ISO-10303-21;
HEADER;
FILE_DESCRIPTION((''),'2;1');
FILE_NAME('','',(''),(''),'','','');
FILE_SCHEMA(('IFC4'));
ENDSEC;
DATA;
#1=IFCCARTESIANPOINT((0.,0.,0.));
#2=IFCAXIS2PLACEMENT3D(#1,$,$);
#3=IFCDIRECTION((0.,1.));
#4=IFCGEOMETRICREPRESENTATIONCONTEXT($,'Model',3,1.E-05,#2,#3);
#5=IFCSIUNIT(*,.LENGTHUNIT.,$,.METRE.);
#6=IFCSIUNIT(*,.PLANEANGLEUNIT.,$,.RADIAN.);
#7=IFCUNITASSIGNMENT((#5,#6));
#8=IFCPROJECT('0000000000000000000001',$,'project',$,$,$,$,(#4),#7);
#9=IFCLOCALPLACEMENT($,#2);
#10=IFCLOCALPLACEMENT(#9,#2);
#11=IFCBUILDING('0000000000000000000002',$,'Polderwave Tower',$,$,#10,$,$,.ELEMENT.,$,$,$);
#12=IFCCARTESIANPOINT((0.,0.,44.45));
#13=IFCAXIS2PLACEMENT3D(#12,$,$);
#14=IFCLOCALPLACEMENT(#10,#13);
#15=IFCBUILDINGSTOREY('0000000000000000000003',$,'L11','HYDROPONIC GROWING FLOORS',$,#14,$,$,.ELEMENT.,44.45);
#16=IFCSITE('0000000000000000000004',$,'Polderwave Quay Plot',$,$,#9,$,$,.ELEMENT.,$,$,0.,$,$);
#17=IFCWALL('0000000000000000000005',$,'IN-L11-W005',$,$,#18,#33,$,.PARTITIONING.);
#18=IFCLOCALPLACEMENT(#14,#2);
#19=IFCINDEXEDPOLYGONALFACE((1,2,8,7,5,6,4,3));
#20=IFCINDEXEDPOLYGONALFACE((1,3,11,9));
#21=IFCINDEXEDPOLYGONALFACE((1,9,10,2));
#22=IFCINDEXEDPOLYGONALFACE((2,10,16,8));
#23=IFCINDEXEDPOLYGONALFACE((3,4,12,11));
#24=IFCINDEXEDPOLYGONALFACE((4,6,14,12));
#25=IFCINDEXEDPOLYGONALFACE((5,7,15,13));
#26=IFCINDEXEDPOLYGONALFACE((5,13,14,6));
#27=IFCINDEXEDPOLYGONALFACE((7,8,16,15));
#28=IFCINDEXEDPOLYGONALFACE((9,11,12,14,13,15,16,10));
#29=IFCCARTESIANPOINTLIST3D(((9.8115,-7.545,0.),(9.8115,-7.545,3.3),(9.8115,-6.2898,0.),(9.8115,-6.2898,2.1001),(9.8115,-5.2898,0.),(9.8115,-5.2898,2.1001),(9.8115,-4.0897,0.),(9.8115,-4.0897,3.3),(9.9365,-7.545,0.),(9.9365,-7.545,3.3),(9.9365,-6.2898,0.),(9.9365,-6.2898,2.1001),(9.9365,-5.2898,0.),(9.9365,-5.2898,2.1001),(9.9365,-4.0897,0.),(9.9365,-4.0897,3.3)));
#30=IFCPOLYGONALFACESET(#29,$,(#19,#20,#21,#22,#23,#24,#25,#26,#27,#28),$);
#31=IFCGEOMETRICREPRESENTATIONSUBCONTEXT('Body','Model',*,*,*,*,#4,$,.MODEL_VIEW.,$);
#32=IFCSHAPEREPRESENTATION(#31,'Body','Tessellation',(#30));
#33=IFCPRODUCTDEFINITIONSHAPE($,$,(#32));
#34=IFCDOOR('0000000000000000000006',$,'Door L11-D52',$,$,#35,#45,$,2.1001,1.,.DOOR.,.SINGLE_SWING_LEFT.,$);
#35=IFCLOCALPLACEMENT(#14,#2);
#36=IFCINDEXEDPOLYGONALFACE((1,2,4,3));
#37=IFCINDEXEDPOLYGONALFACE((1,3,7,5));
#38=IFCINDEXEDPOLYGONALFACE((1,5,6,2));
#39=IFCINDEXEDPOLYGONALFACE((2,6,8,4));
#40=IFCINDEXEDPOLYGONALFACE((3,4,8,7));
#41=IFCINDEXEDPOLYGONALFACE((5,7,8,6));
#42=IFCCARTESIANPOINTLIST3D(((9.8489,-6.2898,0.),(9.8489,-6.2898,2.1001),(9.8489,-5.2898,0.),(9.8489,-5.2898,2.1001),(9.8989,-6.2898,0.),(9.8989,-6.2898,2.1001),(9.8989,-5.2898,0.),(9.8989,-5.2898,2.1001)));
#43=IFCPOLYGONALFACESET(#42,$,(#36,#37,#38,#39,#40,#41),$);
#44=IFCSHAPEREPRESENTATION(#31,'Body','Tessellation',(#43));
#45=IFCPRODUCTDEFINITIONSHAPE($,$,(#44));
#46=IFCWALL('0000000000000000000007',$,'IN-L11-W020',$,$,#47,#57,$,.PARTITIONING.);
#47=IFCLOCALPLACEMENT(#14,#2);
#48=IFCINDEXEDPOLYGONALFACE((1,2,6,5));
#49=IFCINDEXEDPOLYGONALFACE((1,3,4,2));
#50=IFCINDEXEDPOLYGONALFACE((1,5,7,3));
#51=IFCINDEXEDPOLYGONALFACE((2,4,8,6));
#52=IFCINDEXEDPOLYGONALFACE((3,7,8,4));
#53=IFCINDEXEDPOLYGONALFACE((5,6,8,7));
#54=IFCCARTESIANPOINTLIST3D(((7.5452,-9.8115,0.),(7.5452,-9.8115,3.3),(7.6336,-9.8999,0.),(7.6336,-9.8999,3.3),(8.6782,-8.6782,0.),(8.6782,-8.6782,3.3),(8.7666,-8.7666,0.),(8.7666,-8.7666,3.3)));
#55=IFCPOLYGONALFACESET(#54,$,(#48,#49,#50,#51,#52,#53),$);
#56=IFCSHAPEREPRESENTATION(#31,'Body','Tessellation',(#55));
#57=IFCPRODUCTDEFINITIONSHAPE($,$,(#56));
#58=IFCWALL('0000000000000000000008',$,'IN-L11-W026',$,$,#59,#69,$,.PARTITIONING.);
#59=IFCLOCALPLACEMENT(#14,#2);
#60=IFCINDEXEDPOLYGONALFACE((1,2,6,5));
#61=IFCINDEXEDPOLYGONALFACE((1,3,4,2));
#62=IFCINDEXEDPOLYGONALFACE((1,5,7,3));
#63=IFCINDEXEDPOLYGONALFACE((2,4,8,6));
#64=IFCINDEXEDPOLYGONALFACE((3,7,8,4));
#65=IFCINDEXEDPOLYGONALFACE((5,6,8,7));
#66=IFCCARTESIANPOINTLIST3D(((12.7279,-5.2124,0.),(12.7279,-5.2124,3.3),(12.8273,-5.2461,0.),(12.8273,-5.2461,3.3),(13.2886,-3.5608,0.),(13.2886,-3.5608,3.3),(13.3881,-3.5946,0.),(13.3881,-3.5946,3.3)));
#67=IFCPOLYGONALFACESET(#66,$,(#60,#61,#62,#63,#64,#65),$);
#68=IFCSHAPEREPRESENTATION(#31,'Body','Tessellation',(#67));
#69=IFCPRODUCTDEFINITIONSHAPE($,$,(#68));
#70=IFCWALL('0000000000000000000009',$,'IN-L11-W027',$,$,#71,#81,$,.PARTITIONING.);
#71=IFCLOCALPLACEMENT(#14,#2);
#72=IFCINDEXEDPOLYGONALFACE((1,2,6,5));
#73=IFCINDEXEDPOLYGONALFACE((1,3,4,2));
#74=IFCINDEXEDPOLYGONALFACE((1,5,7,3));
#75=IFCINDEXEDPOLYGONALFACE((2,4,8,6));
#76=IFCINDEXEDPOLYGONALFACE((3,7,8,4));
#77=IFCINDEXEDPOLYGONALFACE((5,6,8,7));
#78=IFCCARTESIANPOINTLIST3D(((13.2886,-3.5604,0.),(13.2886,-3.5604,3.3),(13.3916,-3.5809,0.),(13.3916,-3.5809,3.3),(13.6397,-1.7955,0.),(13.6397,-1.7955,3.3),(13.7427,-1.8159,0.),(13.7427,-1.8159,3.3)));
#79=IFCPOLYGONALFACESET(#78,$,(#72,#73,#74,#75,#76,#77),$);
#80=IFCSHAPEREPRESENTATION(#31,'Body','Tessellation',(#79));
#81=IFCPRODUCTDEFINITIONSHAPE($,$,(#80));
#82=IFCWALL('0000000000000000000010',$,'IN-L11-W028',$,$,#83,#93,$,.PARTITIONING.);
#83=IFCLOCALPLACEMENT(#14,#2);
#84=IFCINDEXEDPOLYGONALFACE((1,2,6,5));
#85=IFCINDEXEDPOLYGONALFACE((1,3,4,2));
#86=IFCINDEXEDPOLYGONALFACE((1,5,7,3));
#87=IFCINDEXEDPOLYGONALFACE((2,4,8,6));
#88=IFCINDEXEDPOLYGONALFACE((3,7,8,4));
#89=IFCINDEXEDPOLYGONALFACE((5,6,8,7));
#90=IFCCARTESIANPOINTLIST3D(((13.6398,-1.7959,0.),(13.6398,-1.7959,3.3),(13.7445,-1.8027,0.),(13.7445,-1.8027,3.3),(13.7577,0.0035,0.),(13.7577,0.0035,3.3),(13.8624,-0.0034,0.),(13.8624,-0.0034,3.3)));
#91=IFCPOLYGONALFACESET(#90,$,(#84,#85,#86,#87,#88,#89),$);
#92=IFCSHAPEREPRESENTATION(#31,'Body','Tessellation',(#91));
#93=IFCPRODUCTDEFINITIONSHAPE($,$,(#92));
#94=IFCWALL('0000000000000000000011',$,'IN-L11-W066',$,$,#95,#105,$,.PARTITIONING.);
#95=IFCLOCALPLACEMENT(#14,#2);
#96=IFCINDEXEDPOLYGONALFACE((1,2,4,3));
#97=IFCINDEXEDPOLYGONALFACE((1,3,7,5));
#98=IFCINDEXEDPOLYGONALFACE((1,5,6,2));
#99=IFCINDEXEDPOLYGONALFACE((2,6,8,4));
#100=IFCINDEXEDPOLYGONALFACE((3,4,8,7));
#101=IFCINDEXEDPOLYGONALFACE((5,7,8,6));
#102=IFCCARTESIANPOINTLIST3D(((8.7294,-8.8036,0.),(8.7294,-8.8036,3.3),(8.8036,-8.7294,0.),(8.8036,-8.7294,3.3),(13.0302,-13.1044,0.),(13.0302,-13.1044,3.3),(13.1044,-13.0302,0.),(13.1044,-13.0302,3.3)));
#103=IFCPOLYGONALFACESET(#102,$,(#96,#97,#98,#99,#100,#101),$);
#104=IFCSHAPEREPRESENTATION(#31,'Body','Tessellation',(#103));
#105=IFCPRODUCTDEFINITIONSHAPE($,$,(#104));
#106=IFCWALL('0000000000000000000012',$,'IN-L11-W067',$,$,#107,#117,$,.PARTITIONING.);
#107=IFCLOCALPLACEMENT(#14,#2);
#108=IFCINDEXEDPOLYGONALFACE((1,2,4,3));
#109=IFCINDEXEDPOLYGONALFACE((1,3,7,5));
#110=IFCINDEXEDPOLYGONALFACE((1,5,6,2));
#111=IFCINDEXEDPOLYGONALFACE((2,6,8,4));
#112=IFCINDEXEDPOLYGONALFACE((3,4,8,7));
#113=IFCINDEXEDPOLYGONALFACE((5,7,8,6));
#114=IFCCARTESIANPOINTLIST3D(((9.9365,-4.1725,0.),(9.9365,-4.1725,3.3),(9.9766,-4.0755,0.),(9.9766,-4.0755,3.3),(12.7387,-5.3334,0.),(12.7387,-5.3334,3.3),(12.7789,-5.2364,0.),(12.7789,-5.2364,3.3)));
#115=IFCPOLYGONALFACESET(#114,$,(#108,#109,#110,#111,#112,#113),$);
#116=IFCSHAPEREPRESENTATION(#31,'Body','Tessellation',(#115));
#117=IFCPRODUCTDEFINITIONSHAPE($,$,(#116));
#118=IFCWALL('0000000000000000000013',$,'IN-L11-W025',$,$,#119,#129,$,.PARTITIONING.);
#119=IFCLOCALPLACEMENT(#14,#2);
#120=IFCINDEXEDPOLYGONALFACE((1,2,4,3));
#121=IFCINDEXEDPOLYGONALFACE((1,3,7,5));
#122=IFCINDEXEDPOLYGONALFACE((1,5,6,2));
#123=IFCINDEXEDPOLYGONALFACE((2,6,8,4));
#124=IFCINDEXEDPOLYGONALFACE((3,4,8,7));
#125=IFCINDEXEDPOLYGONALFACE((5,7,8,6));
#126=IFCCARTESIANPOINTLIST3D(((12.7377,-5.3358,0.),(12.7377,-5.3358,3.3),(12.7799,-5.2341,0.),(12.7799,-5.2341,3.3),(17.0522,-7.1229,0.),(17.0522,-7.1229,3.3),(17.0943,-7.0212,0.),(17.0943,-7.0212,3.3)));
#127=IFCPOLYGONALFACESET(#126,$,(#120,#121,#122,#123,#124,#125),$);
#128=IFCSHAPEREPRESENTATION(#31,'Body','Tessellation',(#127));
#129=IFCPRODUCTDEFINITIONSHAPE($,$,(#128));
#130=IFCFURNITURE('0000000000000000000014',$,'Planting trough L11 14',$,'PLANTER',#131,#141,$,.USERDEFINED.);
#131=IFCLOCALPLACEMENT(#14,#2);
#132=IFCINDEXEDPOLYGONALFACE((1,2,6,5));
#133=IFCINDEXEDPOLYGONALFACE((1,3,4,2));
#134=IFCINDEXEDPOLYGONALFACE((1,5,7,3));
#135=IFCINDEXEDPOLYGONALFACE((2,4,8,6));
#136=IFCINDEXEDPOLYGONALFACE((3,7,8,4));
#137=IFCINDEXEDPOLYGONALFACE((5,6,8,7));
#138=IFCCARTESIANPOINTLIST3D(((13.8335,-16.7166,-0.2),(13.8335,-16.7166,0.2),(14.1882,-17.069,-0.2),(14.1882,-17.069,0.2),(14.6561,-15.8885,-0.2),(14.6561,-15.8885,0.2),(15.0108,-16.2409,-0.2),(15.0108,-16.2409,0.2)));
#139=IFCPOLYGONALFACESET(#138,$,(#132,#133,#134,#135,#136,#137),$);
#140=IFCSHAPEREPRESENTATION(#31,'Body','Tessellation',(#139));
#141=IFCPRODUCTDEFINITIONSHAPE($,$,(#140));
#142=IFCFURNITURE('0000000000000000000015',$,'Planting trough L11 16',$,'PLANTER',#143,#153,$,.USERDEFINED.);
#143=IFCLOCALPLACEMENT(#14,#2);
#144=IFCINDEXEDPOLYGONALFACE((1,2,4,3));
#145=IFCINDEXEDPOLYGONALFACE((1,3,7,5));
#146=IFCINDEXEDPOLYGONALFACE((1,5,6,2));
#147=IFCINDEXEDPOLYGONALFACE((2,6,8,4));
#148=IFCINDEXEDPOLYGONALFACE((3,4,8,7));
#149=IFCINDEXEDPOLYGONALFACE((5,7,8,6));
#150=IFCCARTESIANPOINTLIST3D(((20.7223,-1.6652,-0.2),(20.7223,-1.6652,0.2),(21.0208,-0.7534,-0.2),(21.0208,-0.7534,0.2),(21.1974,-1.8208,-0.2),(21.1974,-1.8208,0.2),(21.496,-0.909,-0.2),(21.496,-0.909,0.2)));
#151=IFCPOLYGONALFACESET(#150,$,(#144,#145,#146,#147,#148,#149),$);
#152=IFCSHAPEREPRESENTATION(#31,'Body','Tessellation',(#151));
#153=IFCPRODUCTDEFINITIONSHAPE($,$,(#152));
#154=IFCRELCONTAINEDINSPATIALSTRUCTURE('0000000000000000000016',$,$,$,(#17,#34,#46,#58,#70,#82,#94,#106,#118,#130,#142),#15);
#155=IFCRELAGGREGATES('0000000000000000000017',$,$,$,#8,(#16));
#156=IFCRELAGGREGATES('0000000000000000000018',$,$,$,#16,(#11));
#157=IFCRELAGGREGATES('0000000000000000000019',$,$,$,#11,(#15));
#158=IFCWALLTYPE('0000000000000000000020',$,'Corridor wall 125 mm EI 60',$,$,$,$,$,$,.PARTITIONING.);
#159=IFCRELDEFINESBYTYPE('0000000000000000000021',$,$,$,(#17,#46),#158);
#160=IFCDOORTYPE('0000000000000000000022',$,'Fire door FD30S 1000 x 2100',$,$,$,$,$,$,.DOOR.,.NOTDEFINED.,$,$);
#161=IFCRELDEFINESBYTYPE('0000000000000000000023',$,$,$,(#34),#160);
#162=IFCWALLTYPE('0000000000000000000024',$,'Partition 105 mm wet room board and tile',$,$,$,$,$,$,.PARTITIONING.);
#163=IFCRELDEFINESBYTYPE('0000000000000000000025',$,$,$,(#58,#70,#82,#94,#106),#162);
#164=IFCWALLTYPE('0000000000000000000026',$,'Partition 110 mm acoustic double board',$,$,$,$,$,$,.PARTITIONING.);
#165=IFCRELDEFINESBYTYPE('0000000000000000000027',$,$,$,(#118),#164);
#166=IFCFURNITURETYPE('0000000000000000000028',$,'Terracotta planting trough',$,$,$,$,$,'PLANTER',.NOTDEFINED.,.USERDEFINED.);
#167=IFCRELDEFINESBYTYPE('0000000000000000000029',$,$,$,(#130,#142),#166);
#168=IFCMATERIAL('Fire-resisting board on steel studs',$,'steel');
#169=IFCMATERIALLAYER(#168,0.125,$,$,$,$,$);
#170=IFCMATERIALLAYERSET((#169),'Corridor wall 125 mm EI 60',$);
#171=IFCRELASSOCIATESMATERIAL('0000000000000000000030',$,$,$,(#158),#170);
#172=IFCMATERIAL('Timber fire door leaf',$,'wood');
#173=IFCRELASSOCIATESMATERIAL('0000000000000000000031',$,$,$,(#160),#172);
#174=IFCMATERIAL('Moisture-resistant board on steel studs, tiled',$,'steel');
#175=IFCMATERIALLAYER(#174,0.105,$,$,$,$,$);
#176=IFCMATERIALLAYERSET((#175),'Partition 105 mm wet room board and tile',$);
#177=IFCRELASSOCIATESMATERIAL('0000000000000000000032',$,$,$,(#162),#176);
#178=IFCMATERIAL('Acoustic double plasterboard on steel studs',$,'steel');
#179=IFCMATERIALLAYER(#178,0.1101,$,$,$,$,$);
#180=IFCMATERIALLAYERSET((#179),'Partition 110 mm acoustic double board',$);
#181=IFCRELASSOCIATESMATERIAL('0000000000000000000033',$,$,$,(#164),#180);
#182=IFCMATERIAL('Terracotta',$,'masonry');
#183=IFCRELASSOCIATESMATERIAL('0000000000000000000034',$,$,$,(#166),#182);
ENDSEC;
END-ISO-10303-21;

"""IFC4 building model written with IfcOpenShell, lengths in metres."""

from ifc_helpers import new_model, si_unit, direction, frame, frame_2d, origin, origin_2d, place, context, subcontext, project, spatial, rectangle, extrude, material, layer, layer_set, type_object, element, fill, save


model = new_model("IFC4")

# Units and contexts
model_context = context("Model", 3, precision=1e-05, world=origin(), true_north=direction((0.0, 1.0)))
body_context = subcontext(model_context, "Body", "Model", "MODEL_VIEW")
ifc_project = project(units=[si_unit("LENGTHUNIT", "METRE"), si_unit("PLANEANGLEUNIT", "RADIAN")], contexts=[model_context])

# Site, building, storey
site_placement = place(None, origin())
site = spatial("IfcSite", under=ifc_project, at=site_placement, Name="Polderwave Quay Plot", CompositionType="ELEMENT", RefElevation=0.0)
building_placement = place(site_placement, origin())
building = spatial("IfcBuilding", under=site, at=building_placement, Name="Polderwave Tower", CompositionType="ELEMENT")
storey_placement = place(building_placement, frame((0.0, 0.0, 44.45)))
storey = spatial("IfcBuildingStorey", under=building, at=storey_placement, Name="L11", Description="HYDROPONIC GROWING FLOORS", CompositionType="ELEMENT", Elevation=44.45)

# Shared definitions
ifc_material_1 = material(Name="Fire-resisting board on steel studs", Category="steel")
ifc_layer_1 = layer(ifc_material_1, 0.125)
ifc_layer_set_1 = layer_set([ifc_layer_1], Name="Corridor wall 125 mm EI 60")
wall_type_1 = type_object("IfcWallType", Name="Corridor wall 125 mm EI 60", PredefinedType="PARTITIONING", material=ifc_layer_set_1)

# Wall, opening, door
wall_1_placement = place(storey_placement, frame((9.874, -4.0898, 0.0), z_axis=(0.0, 0.0, 1.0), x_axis=(0.0, -1.0, 0.0)))
wall_1 = element("IfcWall", 1, at=wall_1_placement, inside=storey, type_object=wall_type_1, Name="IN-L11-W005", PredefinedType="PARTITIONING", context=body_context, shape_type="SweptSolid", body=[
    extrude(rectangle(XDim=3.4553, YDim=0.125, at=frame_2d((1.7275, 0.0))), origin(), (0.0, 0.0, 1.0), 3.3),
])
opening_placement = place(wall_1_placement, frame((1.2, 0.0, 0.0)))
opening = element("IfcOpeningElement", 2, at=opening_placement, cuts=wall_1, PredefinedType="OPENING", context=body_context, shape_type="SweptSolid", body=[
    extrude(rectangle(XDim=1.0, YDim=2.1001, at=frame_2d((0.5, 1.05))), frame((0.0, 0.0725, 0.0), z_axis=(0.0, -1.0, 0.0), x_axis=(1.0, 0.0, 0.0)), (0.0, 0.0, 1.0), 0.145),
])
ifc_material_2 = material(Name="Timber fire door leaf", Category="wood")
door_type = type_object("IfcDoorType", Name="Fire door FD30S 1000 x 2100", OperationType="NOTDEFINED", PredefinedType="DOOR", material=ifc_material_2)
door_placement = place(opening_placement, origin())
door = element("IfcDoor", 3, at=door_placement, inside=storey, type_object=door_type, Name="Door L11-D52", OperationType="SINGLE_SWING_LEFT", OverallHeight=2.1001, OverallWidth=1.0, PredefinedType="DOOR", context=body_context, shape_type="SweptSolid", body=[
    extrude(rectangle(XDim=1.0, YDim=2.1001, at=frame_2d((0.5, 1.05))), frame((0.0, 0.0249, 0.0), z_axis=(0.0, -1.0, 0.0), x_axis=(1.0, 0.0, 0.0)), (0.0, 0.0, 1.0), 0.05),
])
fill(opening, door)

# Walls
wall_2_placement = place(storey_placement, frame((8.7224, -8.7224, 0.0), z_axis=(0.0, 0.0, 1.0), x_axis=(-0.707031, -0.707183, 0.0)))
element("IfcWall", 4, at=wall_2_placement, inside=storey, type_object=wall_type_1, Name="IN-L11-W020", PredefinedType="PARTITIONING", context=body_context, shape_type="SweptSolid", body=[
    extrude(rectangle(XDim=1.6025, YDim=0.125, at=frame_2d((0.8013, 0.0))), origin(), (0.0, 0.0, 1.0), 3.3),
])
ifc_material_3 = material(Name="Moisture-resistant board on steel studs, tiled", Category="steel")
ifc_layer_2 = layer(ifc_material_3, 0.105)
ifc_layer_set_2 = layer_set([ifc_layer_2], Name="Partition 105 mm wet room board and tile")
wall_type_2 = type_object("IfcWallType", Name="Partition 105 mm wet room board and tile", PredefinedType="PARTITIONING", material=ifc_layer_set_2)
wall_3_placement = place(storey_placement, frame((12.7776, -5.2292, 0.0), z_axis=(0.0, 0.0, 1.0), x_axis=(0.321514, 0.946905, 0.0)))
element("IfcWall", 5, at=wall_3_placement, inside=storey, type_object=wall_type_2, Name="IN-L11-W026", PredefinedType="PARTITIONING", context=body_context, shape_type="SweptSolid", body=[
    extrude(rectangle(XDim=1.7441, YDim=0.105, at=frame_2d((0.8721, 0.0))), origin(), (0.0, 0.0, 1.0), 3.3),
])
wall_4_placement = place(storey_placement, frame((13.3401, -3.5708, 0.0), z_axis=(0.0, 0.0, 1.0), x_axis=(0.195098, 0.980784, 0.0)))
element("IfcWall", 6, at=wall_4_placement, inside=storey, type_object=wall_type_2, Name="IN-L11-W027", PredefinedType="PARTITIONING", context=body_context, shape_type="SweptSolid", body=[
    extrude(rectangle(XDim=1.7996, YDim=0.105, at=frame_2d((0.8999, 0.0))), origin(), (0.0, 0.0, 1.0), 3.3),
])
wall_5_placement = place(storey_placement, frame((13.6921, -1.7993, 0.0), z_axis=(0.0, 0.0, 1.0), x_axis=(0.065396, 0.997859, 0.0)))
element("IfcWall", 7, at=wall_5_placement, inside=storey, type_object=wall_type_2, Name="IN-L11-W028", PredefinedType="PARTITIONING", context=body_context, shape_type="SweptSolid", body=[
    extrude(rectangle(XDim=1.8032, YDim=0.105, at=frame_2d((0.9016, 0.0))), origin(), (0.0, 0.0, 1.0), 3.3),
])
wall_6_placement = place(storey_placement, frame((8.7666, -8.7666, 0.0), z_axis=(0.0, 0.0, 1.0), x_axis=(0.707107, -0.707107, 0.0)))
element("IfcWall", 8, at=wall_6_placement, inside=storey, type_object=wall_type_2, Name="IN-L11-W066", PredefinedType="PARTITIONING", context=body_context, shape_type="SweptSolid", body=[
    extrude(rectangle(XDim=6.0823, YDim=0.105, at=frame_2d((3.041, 0.0))), origin(), (0.0, 0.0, 1.0), 3.3),
])
wall_7_placement = place(storey_placement, frame((9.9565, -4.124, 0.0), z_axis=(0.0, 0.0, 1.0), x_axis=(0.923861, -0.382729, 0.0)))
element("IfcWall", 9, at=wall_7_placement, inside=storey, type_object=wall_type_2, Name="IN-L11-W067", PredefinedType="PARTITIONING", context=body_context, shape_type="SweptSolid", body=[
    extrude(rectangle(XDim=3.0332, YDim=0.105, at=frame_2d((1.5166, 0.0))), origin(), (0.0, 0.0, 1.0), 3.3),
])
ifc_material_4 = material(Name="Acoustic double plasterboard on steel studs", Category="steel")
ifc_layer_3 = layer(ifc_material_4, 0.1101)
ifc_layer_set_3 = layer_set([ifc_layer_3], Name="Partition 110 mm acoustic double board")
wall_type_3 = type_object("IfcWallType", Name="Partition 110 mm acoustic double board", PredefinedType="PARTITIONING", material=ifc_layer_set_3)
wall_8_placement = place(storey_placement, frame((17.0732, -7.072, 0.0), z_axis=(0.0, 0.0, 1.0), x_axis=(-0.923879, 0.382684, 0.0)))
element("IfcWall", 10, at=wall_8_placement, inside=storey, type_object=wall_type_3, Name="IN-L11-W025", PredefinedType="PARTITIONING", context=body_context, shape_type="SweptSolid", body=[
    extrude(rectangle(XDim=4.6699, YDim=0.1101, at=frame_2d((2.335, 0.0))), origin(), (0.0, 0.0, 1.0), 3.3),
])

# Furniture
ifc_material_5 = material(Name="Terracotta", Category="masonry")
furniture_type = type_object("IfcFurnitureType", Name="Terracotta planting trough", ElementType="PLANTER", AssemblyPlace="NOTDEFINED", PredefinedType="USERDEFINED", material=ifc_material_5)
furniture_1_placement = place(storey_placement, frame((14.4221, -16.4788, -0.2), z_axis=(0.0, 0.0, 1.0), x_axis=(0.704741, 0.709465, 0.0)))
element("IfcFurniture", 11, at=furniture_1_placement, inside=storey, type_object=furniture_type, Name="Planting trough L11 14", ObjectType="PLANTER", PredefinedType="USERDEFINED", context=body_context, shape_type="SweptSolid", body=[
    extrude(rectangle(XDim=1.1672, YDim=0.5, at=origin_2d()), origin(), (0.0, 0.0, 1.0), 0.3999),
])
furniture_2_placement = place(storey_placement, frame((21.1091, -1.2871, -0.2), z_axis=(0.0, 0.0, 1.0), x_axis=(0.311167, 0.950355, 0.0)))
element("IfcFurniture", 12, at=furniture_2_placement, inside=storey, type_object=furniture_type, Name="Planting trough L11 16", ObjectType="PLANTER", PredefinedType="USERDEFINED", context=body_context, shape_type="SweptSolid", body=[
    extrude(rectangle(XDim=0.9595, YDim=0.5, at=origin_2d()), origin(), (0.0, 0.0, 1.0), 0.3999),
])

save(model, "model.ifc")
